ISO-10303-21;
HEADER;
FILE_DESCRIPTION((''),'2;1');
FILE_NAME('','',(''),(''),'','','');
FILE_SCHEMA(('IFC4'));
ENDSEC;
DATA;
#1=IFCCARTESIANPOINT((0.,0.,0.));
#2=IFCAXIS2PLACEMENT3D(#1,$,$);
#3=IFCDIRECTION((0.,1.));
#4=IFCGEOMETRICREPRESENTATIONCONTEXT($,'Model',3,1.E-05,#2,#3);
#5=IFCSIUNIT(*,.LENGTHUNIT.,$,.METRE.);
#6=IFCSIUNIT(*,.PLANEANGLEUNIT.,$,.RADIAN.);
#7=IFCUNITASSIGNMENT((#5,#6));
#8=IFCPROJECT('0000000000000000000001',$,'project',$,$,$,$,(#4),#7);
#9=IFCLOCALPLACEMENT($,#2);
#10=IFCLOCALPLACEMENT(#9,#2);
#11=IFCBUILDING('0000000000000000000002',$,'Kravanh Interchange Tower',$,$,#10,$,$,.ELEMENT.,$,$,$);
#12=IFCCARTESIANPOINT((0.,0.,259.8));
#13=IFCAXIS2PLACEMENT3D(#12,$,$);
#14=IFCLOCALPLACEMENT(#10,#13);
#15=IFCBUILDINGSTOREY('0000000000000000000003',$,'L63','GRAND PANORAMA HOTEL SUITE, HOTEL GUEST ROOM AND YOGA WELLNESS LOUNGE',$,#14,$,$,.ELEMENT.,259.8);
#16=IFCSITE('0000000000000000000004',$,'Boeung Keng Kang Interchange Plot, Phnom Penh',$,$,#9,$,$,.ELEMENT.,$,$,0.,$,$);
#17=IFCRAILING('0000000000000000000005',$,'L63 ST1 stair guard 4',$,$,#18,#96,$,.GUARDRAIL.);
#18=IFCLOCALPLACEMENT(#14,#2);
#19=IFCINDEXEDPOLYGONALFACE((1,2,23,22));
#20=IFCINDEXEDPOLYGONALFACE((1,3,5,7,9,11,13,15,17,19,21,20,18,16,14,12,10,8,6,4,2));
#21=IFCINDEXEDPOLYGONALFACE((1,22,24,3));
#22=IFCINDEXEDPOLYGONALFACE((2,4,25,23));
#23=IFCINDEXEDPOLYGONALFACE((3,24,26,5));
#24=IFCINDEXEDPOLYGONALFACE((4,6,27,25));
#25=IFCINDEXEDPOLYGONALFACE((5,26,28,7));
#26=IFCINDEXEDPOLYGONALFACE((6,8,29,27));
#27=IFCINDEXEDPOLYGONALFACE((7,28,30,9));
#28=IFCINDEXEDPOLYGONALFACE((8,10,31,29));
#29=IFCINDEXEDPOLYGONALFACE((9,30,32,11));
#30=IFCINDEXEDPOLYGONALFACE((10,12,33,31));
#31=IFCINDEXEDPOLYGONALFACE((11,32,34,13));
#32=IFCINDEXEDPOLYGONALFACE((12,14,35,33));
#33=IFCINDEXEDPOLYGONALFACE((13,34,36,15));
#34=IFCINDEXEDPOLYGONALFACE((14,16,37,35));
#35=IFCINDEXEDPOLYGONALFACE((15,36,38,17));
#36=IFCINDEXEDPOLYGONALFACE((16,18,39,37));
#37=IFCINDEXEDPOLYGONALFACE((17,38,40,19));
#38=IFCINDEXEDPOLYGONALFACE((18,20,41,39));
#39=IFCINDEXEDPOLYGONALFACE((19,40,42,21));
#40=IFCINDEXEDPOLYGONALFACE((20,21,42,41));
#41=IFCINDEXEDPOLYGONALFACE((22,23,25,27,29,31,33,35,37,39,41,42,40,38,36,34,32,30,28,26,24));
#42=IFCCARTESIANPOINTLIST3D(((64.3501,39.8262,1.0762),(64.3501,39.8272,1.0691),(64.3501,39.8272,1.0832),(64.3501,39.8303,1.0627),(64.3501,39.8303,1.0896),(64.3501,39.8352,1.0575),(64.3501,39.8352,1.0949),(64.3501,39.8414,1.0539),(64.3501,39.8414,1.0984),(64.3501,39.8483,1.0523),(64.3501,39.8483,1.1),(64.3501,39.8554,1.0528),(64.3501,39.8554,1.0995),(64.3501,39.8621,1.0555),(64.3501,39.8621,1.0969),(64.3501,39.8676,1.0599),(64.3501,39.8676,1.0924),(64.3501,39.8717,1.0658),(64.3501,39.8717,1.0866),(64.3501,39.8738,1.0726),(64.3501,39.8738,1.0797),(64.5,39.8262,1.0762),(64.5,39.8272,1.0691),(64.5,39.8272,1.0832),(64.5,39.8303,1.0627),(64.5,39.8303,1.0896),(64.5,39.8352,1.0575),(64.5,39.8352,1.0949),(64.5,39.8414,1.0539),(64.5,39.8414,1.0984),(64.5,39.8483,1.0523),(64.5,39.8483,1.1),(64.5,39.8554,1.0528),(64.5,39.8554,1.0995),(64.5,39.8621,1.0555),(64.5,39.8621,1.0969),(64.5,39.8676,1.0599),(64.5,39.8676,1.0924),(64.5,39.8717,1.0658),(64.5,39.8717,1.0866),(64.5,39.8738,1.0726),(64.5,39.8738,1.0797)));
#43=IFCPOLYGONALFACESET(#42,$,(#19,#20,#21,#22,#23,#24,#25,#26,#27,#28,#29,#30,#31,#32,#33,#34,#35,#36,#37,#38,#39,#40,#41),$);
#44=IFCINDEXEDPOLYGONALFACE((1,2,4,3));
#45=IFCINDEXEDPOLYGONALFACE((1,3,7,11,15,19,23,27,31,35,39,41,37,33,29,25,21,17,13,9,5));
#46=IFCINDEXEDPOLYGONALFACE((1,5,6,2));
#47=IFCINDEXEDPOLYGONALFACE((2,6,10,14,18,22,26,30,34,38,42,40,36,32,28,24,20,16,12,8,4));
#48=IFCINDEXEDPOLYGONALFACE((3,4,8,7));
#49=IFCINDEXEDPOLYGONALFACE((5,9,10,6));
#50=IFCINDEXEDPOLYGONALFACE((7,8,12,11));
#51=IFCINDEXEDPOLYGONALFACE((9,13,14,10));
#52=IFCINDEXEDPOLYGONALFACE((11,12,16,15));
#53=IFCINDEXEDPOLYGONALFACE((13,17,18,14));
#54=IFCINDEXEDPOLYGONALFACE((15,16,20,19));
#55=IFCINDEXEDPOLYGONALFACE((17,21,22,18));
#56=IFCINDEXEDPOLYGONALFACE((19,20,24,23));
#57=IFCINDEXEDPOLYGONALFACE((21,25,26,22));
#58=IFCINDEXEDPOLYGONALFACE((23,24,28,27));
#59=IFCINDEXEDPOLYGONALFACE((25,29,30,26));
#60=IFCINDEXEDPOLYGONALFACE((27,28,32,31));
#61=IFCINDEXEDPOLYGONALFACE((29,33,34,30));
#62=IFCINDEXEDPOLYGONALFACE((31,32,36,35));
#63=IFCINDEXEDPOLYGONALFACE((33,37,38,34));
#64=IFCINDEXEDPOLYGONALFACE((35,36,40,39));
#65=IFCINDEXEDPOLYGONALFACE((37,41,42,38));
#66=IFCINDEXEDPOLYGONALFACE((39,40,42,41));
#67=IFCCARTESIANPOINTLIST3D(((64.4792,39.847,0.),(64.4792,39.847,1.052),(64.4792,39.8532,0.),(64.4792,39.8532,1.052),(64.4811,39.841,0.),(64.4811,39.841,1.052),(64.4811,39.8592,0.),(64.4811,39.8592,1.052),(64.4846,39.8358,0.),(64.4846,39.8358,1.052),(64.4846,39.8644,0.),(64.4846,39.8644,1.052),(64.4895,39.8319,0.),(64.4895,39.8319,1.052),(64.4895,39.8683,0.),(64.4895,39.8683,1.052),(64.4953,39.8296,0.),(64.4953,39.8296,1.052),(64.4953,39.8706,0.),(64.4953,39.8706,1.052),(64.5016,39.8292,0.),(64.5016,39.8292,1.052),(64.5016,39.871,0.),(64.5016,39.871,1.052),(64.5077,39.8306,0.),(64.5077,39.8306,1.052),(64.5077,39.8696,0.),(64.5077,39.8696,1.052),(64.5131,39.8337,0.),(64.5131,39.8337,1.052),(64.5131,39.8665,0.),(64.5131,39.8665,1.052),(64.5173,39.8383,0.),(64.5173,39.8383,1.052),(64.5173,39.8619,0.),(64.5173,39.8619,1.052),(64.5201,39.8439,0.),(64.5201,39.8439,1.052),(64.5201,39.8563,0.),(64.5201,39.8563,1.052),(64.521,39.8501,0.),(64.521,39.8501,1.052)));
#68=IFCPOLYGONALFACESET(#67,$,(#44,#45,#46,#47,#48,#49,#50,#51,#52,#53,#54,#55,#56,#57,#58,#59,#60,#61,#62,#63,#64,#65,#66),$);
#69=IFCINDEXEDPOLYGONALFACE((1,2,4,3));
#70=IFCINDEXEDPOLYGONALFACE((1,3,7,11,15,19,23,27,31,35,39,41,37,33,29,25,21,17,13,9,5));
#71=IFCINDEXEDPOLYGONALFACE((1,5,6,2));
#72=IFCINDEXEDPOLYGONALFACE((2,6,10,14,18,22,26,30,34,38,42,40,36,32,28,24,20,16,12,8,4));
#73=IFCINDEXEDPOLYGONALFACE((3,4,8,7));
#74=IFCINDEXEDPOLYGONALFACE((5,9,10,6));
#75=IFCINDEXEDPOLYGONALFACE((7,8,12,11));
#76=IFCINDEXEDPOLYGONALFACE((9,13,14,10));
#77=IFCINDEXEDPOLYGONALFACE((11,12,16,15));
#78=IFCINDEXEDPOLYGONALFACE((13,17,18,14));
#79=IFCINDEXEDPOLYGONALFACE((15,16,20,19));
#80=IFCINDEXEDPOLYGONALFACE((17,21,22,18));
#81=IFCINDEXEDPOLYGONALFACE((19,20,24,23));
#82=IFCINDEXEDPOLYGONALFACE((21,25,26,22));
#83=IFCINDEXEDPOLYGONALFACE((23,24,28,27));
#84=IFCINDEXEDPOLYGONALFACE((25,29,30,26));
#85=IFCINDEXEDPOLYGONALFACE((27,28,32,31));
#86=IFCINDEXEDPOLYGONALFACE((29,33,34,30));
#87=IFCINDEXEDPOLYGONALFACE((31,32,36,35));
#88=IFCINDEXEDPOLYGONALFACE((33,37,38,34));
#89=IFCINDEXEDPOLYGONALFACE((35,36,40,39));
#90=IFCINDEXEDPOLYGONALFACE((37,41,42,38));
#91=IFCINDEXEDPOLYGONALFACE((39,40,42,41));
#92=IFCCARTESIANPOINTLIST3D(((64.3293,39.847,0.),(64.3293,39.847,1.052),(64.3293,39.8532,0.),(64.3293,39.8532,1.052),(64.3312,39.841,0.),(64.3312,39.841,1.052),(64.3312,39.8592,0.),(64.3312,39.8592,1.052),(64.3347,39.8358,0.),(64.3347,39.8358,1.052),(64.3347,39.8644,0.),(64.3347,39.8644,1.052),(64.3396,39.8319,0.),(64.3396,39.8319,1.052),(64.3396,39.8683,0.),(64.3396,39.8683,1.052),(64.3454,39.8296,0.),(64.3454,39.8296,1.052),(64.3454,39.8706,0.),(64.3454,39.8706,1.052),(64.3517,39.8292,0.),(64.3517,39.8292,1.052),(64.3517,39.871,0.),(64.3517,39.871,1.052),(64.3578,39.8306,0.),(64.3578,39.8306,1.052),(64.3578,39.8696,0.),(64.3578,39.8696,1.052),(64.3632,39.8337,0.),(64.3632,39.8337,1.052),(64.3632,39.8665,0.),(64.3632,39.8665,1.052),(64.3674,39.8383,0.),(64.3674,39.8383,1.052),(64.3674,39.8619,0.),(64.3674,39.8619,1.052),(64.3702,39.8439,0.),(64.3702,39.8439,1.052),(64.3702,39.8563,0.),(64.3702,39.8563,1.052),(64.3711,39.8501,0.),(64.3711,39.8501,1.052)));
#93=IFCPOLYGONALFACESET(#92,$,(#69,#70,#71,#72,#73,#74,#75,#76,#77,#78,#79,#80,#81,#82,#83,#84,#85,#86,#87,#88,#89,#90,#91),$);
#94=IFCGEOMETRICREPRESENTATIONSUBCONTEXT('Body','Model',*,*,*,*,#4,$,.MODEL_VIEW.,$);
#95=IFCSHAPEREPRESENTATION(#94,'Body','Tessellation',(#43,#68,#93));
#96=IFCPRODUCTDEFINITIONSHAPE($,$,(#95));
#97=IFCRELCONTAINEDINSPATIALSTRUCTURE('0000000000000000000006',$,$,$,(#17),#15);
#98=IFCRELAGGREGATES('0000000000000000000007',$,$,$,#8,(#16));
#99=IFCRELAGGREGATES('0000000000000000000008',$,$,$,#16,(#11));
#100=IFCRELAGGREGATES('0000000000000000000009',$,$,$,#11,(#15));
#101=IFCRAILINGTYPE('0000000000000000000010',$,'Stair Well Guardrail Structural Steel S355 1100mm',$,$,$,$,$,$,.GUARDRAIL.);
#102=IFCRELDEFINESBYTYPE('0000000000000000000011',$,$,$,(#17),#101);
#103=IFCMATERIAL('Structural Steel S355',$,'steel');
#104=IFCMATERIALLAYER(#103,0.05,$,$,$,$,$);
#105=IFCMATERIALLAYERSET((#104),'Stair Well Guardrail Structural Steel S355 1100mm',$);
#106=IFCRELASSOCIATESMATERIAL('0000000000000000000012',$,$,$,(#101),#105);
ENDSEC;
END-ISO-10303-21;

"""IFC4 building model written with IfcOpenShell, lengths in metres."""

from ifc_helpers import new_model, si_unit, direction, frame, origin, origin_2d, place, context, subcontext, project, spatial, circle, extrude, material, layer, layer_set, type_object, element, save


model = new_model("IFC4")

# Units and contexts
model_context = context("Model", 3, precision=1e-05, world=origin(), true_north=direction((0.0, 1.0)))
body_context = subcontext(model_context, "Body", "Model", "MODEL_VIEW")
ifc_project = project(units=[si_unit("LENGTHUNIT", "METRE"), si_unit("PLANEANGLEUNIT", "RADIAN")], contexts=[model_context])

# Site, building, storey
site_placement = place(None, origin())
site = spatial("IfcSite", under=ifc_project, at=site_placement, Name="Boeung Keng Kang Interchange Plot, Phnom Penh", CompositionType="ELEMENT", RefElevation=0.0)
building_placement = place(site_placement, origin())
building = spatial("IfcBuilding", under=site, at=building_placement, Name="Kravanh Interchange Tower", CompositionType="ELEMENT")
storey_placement = place(building_placement, frame((0.0, 0.0, 259.8)))
storey = spatial("IfcBuildingStorey", under=building, at=storey_placement, Name="L63", Description="GRAND PANORAMA HOTEL SUITE, HOTEL GUEST ROOM AND YOGA WELLNESS LOUNGE", CompositionType="ELEMENT", Elevation=259.8)

# Railing
ifc_material_1 = material(Name="Structural Steel S355", Category="steel")
ifc_layer_1 = layer(ifc_material_1, 0.05)
ifc_layer_set_1 = layer_set([ifc_layer_1], Name="Stair Well Guardrail Structural Steel S355 1100mm")
railing_type_1 = type_object("IfcRailingType", Name="Stair Well Guardrail Structural Steel S355 1100mm", PredefinedType="GUARDRAIL", material=ifc_layer_set_1)
railing_1_placement = place(storey_placement, frame((64.5, 39.8501, 0.0)))
element("IfcRailing", 1, at=railing_1_placement, inside=storey, type_object=railing_type_1, Name="L63 ST1 stair guard 4", PredefinedType="GUARDRAIL", context=body_context, shape_type="SweptSolid", body=[
    extrude(circle(Radius=0.0239, at=origin_2d()), frame((0.0, 0.0, 1.0762), z_axis=(-1.0, 0.0, 0.0), x_axis=(0.0, -1.0, 0.0)), (0.0, 0.0, 1.0), 0.1499),
    extrude(circle(Radius=0.021, at=origin_2d()), origin(), (0.0, 0.0, 1.0), 1.052),
    extrude(circle(Radius=0.021, at=origin_2d()), frame((-0.1499, 0.0, 0.0)), (0.0, 0.0, 1.0), 1.052),
])

save(model, "model.ifc")
